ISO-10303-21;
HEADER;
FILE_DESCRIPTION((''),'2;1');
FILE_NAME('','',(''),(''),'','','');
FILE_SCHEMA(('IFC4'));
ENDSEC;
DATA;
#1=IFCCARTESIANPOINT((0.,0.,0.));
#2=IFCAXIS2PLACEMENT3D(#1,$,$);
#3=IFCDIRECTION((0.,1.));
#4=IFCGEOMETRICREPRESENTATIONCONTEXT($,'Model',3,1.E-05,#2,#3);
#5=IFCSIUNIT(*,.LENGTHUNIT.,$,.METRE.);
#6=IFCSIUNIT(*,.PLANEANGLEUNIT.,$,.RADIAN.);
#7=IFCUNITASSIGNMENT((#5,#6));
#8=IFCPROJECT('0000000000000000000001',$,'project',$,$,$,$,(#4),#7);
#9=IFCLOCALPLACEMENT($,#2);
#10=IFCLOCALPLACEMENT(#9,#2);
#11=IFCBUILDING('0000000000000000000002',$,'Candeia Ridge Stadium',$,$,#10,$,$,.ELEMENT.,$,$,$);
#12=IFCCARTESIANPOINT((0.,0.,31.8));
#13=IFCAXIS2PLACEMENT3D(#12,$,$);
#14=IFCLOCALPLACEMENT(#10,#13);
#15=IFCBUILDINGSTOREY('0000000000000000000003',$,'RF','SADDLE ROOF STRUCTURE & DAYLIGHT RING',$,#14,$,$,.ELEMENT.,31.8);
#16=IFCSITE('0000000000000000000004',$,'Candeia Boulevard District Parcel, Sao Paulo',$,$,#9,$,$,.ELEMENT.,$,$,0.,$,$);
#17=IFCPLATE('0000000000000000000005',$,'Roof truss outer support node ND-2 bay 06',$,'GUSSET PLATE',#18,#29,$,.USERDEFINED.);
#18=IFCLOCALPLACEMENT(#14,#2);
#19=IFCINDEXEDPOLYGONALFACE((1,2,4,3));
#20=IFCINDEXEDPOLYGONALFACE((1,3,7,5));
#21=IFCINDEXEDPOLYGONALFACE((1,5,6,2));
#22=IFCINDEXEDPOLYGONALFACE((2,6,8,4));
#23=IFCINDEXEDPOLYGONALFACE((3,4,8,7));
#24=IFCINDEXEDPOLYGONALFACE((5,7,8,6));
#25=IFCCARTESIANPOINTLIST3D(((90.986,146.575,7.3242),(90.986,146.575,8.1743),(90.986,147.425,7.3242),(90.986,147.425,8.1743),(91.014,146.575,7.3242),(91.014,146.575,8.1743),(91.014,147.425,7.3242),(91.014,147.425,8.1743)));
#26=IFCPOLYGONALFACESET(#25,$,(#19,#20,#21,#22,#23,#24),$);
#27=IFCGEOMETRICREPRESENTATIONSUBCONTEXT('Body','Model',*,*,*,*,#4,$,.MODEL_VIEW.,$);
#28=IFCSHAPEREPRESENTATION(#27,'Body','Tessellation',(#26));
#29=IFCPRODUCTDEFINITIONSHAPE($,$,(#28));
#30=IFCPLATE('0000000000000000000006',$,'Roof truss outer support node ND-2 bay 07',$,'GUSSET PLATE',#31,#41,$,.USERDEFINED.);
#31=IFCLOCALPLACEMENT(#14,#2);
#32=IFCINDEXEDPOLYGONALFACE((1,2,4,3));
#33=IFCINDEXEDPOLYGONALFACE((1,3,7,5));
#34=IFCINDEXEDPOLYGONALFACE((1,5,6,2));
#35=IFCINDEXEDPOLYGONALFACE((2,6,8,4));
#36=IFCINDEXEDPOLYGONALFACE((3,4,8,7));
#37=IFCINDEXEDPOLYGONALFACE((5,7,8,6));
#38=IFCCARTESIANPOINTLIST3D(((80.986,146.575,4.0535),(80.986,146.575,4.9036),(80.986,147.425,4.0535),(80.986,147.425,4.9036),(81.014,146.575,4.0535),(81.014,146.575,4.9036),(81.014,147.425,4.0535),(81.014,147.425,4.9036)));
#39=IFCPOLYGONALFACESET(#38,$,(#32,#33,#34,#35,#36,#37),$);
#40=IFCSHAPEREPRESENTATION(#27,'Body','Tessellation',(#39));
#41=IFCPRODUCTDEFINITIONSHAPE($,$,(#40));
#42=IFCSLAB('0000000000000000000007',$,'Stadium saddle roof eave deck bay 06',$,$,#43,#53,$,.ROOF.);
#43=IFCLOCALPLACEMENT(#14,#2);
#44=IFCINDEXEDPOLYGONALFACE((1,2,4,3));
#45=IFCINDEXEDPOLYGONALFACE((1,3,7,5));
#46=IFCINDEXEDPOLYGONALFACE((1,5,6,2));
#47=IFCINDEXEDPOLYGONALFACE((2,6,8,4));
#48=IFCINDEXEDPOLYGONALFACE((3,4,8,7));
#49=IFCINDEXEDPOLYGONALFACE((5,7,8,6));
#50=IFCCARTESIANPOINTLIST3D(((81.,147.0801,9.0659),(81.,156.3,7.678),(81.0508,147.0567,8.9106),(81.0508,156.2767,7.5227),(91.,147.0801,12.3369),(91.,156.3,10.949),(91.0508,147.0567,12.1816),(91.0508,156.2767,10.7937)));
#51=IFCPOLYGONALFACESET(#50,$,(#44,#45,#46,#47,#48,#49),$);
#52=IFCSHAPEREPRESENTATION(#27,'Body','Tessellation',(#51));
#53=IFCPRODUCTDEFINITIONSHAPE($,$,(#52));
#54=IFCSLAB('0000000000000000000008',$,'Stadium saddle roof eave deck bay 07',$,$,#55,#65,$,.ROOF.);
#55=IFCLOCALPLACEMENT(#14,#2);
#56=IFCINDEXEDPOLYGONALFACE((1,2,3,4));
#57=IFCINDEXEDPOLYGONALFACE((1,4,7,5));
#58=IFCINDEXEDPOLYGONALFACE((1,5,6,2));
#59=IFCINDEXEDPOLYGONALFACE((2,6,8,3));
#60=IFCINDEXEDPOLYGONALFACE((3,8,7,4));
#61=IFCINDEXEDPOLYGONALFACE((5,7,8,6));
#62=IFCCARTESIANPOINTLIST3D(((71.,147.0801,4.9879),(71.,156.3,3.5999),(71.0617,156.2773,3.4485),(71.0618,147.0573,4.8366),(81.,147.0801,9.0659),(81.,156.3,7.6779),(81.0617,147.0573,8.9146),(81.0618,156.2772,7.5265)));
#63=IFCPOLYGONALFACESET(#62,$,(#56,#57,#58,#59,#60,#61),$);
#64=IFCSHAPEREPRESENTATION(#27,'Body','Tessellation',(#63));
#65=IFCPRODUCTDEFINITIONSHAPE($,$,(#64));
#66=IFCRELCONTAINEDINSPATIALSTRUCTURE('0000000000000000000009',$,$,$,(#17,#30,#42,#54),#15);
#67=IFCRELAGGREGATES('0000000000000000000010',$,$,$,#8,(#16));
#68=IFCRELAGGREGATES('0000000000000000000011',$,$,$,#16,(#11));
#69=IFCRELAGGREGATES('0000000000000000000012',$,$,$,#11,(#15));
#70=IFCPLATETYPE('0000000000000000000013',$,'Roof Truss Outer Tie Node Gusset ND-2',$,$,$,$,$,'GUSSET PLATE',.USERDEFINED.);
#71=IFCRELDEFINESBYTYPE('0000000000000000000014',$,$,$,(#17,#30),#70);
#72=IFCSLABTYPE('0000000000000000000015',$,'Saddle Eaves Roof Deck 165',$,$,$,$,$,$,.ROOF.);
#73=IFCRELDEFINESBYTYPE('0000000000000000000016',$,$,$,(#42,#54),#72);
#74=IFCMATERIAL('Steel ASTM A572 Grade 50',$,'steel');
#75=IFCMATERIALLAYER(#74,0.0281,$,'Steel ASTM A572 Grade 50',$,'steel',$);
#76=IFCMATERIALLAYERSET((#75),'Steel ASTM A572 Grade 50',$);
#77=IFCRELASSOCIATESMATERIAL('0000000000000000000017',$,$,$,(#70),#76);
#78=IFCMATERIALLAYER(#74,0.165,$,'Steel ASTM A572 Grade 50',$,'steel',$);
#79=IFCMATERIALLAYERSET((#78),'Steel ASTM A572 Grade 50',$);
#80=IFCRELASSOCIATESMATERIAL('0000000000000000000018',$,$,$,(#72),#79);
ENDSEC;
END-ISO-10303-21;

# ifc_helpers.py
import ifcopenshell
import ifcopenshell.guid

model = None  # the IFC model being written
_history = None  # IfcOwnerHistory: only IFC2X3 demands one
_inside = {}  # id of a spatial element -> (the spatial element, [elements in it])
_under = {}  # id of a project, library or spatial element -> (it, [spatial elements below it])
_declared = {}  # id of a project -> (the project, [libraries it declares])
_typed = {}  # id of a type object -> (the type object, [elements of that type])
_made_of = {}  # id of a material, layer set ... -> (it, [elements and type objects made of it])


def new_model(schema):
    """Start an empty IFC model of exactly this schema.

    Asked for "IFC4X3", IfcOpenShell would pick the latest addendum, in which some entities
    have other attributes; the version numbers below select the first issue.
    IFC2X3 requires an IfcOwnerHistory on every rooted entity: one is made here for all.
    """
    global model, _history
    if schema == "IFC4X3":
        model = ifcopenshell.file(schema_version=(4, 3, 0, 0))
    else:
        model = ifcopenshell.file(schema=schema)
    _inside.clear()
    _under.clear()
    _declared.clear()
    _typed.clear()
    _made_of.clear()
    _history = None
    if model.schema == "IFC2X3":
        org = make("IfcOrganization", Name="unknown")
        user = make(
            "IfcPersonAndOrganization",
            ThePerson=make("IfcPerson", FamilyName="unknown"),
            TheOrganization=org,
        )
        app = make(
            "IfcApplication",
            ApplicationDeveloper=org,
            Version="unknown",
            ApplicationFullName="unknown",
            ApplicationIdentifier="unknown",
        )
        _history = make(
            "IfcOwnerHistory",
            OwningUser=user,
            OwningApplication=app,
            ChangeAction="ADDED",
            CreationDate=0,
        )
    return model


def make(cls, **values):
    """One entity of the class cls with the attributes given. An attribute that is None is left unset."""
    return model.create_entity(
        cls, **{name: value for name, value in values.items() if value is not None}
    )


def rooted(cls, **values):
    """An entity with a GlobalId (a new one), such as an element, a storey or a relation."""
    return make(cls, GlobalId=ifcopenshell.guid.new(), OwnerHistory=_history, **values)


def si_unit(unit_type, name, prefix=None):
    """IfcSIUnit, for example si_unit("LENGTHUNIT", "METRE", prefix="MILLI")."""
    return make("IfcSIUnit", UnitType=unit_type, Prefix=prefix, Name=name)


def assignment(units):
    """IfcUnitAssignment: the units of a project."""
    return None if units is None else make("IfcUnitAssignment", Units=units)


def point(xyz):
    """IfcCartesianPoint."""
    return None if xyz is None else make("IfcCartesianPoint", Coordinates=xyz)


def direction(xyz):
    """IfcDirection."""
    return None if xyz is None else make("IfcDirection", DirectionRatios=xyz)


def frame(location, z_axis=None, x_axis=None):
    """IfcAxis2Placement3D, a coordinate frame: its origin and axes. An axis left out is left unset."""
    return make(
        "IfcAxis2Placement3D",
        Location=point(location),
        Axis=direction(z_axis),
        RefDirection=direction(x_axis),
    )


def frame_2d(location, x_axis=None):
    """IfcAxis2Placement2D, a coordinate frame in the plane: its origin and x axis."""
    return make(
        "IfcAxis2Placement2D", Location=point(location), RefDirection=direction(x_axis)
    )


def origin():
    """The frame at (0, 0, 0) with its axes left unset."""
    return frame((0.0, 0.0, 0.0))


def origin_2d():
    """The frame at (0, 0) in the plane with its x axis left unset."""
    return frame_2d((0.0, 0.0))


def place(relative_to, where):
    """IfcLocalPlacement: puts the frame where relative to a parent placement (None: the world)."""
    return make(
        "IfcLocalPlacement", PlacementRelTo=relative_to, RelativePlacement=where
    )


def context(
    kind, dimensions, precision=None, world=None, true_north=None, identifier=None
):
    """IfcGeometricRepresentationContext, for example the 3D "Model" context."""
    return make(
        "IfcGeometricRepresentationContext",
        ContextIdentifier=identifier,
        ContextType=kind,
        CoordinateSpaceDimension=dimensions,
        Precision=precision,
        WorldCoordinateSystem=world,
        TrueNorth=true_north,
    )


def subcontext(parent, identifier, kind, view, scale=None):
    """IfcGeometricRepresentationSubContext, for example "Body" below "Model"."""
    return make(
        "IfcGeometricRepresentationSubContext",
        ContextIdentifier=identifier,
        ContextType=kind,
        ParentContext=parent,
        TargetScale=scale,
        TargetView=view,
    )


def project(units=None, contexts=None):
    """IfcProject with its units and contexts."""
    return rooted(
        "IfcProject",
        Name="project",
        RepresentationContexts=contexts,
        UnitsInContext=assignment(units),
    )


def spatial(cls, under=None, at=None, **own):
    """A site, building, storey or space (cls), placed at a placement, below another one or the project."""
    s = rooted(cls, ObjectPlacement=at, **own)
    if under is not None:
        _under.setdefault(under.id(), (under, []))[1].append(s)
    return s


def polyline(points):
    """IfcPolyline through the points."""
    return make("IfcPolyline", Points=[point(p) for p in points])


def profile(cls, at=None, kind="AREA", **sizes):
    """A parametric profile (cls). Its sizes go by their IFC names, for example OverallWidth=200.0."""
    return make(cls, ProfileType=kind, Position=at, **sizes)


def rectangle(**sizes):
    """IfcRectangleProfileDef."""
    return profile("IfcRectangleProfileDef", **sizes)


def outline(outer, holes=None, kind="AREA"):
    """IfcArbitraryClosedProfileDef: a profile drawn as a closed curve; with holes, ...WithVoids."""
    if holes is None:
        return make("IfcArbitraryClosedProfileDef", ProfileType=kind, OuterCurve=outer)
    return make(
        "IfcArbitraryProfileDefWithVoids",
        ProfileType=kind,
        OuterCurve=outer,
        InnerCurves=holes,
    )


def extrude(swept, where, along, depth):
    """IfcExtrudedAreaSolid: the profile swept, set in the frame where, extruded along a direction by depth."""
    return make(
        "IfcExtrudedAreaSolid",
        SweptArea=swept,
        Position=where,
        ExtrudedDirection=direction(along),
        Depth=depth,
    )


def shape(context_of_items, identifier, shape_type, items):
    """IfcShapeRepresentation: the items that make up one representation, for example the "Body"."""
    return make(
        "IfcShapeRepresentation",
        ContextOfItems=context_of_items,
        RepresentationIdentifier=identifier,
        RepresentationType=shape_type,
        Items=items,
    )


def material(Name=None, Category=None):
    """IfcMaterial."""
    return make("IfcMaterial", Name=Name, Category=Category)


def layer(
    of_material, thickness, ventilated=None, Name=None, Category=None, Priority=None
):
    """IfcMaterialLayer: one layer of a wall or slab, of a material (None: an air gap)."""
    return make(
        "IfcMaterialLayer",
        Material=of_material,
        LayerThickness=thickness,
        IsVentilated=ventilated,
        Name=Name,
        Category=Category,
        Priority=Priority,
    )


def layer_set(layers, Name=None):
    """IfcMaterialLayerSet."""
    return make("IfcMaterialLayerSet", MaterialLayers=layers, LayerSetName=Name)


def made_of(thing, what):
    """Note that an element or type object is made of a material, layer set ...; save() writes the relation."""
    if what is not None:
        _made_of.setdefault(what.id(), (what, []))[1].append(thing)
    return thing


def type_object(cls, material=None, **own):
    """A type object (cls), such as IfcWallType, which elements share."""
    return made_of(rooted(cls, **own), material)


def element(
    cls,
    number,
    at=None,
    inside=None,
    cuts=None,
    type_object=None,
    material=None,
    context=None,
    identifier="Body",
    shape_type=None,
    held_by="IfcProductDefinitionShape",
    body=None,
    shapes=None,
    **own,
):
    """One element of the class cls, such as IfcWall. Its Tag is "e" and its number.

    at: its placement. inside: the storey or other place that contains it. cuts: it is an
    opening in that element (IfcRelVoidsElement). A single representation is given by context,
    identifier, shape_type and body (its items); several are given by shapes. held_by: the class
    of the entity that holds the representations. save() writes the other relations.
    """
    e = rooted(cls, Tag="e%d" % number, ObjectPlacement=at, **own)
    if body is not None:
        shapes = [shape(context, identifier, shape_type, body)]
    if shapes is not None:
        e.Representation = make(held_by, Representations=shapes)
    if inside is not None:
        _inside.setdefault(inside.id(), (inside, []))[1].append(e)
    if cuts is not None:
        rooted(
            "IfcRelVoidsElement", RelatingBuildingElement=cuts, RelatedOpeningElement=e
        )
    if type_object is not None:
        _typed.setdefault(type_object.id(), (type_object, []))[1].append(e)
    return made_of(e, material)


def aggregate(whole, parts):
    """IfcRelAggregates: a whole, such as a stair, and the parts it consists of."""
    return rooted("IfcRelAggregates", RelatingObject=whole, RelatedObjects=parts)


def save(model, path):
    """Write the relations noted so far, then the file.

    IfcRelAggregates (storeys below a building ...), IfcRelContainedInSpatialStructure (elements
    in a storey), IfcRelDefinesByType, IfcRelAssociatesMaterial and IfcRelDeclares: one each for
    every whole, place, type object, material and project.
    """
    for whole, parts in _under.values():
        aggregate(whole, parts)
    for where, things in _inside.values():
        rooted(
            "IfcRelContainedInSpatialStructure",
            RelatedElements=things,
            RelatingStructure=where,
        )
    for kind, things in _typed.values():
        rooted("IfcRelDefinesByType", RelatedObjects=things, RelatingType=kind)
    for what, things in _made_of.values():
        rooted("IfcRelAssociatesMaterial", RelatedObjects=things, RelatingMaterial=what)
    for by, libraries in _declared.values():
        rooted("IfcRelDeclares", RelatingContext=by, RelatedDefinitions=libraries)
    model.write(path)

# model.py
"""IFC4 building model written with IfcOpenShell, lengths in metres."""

from ifc_helpers import new_model, si_unit, direction, frame, origin, origin_2d, place, context, subcontext, project, spatial, polyline, rectangle, outline, extrude, material, layer, layer_set, type_object, element, save


model = new_model("IFC4")

# Units and contexts
model_context = context("Model", 3, precision=1e-05, world=origin(), true_north=direction((0.0, 1.0)))
body_context = subcontext(model_context, "Body", "Model", "MODEL_VIEW")
ifc_project = project(units=[si_unit("LENGTHUNIT", "METRE"), si_unit("PLANEANGLEUNIT", "RADIAN")], contexts=[model_context])

# Site, building, storey
site_placement = place(None, origin())
site = spatial("IfcSite", under=ifc_project, at=site_placement, Name="Candeia Boulevard District Parcel, Sao Paulo", CompositionType="ELEMENT", RefElevation=0.0)
building_placement = place(site_placement, origin())
building = spatial("IfcBuilding", under=site, at=building_placement, Name="Candeia Ridge Stadium", CompositionType="ELEMENT")
storey_placement = place(building_placement, frame((0.0, 0.0, 31.8)))
storey = spatial("IfcBuildingStorey", under=building, at=storey_placement, Name="RF", Description="SADDLE ROOF STRUCTURE & DAYLIGHT RING", CompositionType="ELEMENT", Elevation=31.8)

# Shared definitions
ifc_material_1 = material(Name="Steel ASTM A572 Grade 50", Category="steel")

# Plates
ifc_layer_1 = layer(ifc_material_1, 0.0281, Name="Steel ASTM A572 Grade 50", Category="steel")
ifc_layer_set_1 = layer_set([ifc_layer_1], Name="Steel ASTM A572 Grade 50")
plate_type_1 = type_object("IfcPlateType", Name="Roof Truss Outer Tie Node Gusset ND-2", ElementType="GUSSET PLATE", PredefinedType="USERDEFINED", material=ifc_layer_set_1)
for number, where, z_axis, x_axis, name in (
    (1, (91.0, 147.0, 7.3242), (0.0, 0.0, 1.0), (0.0, 1.0, 0.0), "Roof truss outer support node ND-2 bay 06"),
    (2, (81.0, 147.0, 4.0535), (0.0, 0.0, 1.0), (0.0, 1.0, 0.0), "Roof truss outer support node ND-2 bay 07"),
):
    element("IfcPlate", number, at=place(storey_placement, frame(where, z_axis=z_axis, x_axis=x_axis)), inside=storey, type_object=plate_type_1, Name=name, ObjectType="GUSSET PLATE", PredefinedType="USERDEFINED", context=body_context, shape_type="SweptSolid", body=[
        extrude(rectangle(XDim=0.8501, YDim=0.0281, at=origin_2d()), origin(), (0.0, 0.0, 1.0), 0.8501),
    ])

# Slabs
ifc_layer_2 = layer(ifc_material_1, 0.165, Name="Steel ASTM A572 Grade 50", Category="steel")
ifc_layer_set_2 = layer_set([ifc_layer_2], Name="Steel ASTM A572 Grade 50")
slab_type = type_object("IfcSlabType", Name="Saddle Eaves Roof Deck 165", PredefinedType="ROOF", material=ifc_layer_set_2)
slab_1_placement = place(storey_placement, frame((91.0, 147.0801, 12.3369), z_axis=(-0.307756, 0.141634, 0.940864), x_axis=(-0.950446, 0.0, -0.31089)))
element("IfcSlab", 3, at=slab_1_placement, inside=storey, type_object=slab_type, Name="Stadium saddle roof eave deck bay 06", PredefinedType="ROOF", context=body_context, shape_type="SweptSolid", body=[
    extrude(outline(polyline([(0.0, 0.0), (10.5214, 0.0), (10.9529, -9.3139), (0.4315, -9.3139), (0.0, 0.0)])), origin(), (0.0, 0.0, -1.0), 0.165),
])
slab_2_placement = place(storey_placement, frame((81.0, 147.0801, 9.0659), z_axis=(-0.373992, 0.138068, 0.917097), x_axis=(-0.925965, -0.000001, -0.377609)))
element("IfcSlab", 4, at=slab_2_placement, inside=storey, type_object=slab_type, Name="Stadium saddle roof eave deck bay 07", PredefinedType="ROOF", context=body_context, shape_type="SweptSolid", body=[
    extrude(outline(polyline([(0.0, 0.0), (10.7995, 0.0), (11.3237, -9.3091), (0.5241, -9.3091), (0.0, 0.0)])), origin(), (0.0, 0.0, -1.0), 0.165),
])

save(model, "model.ifc")
